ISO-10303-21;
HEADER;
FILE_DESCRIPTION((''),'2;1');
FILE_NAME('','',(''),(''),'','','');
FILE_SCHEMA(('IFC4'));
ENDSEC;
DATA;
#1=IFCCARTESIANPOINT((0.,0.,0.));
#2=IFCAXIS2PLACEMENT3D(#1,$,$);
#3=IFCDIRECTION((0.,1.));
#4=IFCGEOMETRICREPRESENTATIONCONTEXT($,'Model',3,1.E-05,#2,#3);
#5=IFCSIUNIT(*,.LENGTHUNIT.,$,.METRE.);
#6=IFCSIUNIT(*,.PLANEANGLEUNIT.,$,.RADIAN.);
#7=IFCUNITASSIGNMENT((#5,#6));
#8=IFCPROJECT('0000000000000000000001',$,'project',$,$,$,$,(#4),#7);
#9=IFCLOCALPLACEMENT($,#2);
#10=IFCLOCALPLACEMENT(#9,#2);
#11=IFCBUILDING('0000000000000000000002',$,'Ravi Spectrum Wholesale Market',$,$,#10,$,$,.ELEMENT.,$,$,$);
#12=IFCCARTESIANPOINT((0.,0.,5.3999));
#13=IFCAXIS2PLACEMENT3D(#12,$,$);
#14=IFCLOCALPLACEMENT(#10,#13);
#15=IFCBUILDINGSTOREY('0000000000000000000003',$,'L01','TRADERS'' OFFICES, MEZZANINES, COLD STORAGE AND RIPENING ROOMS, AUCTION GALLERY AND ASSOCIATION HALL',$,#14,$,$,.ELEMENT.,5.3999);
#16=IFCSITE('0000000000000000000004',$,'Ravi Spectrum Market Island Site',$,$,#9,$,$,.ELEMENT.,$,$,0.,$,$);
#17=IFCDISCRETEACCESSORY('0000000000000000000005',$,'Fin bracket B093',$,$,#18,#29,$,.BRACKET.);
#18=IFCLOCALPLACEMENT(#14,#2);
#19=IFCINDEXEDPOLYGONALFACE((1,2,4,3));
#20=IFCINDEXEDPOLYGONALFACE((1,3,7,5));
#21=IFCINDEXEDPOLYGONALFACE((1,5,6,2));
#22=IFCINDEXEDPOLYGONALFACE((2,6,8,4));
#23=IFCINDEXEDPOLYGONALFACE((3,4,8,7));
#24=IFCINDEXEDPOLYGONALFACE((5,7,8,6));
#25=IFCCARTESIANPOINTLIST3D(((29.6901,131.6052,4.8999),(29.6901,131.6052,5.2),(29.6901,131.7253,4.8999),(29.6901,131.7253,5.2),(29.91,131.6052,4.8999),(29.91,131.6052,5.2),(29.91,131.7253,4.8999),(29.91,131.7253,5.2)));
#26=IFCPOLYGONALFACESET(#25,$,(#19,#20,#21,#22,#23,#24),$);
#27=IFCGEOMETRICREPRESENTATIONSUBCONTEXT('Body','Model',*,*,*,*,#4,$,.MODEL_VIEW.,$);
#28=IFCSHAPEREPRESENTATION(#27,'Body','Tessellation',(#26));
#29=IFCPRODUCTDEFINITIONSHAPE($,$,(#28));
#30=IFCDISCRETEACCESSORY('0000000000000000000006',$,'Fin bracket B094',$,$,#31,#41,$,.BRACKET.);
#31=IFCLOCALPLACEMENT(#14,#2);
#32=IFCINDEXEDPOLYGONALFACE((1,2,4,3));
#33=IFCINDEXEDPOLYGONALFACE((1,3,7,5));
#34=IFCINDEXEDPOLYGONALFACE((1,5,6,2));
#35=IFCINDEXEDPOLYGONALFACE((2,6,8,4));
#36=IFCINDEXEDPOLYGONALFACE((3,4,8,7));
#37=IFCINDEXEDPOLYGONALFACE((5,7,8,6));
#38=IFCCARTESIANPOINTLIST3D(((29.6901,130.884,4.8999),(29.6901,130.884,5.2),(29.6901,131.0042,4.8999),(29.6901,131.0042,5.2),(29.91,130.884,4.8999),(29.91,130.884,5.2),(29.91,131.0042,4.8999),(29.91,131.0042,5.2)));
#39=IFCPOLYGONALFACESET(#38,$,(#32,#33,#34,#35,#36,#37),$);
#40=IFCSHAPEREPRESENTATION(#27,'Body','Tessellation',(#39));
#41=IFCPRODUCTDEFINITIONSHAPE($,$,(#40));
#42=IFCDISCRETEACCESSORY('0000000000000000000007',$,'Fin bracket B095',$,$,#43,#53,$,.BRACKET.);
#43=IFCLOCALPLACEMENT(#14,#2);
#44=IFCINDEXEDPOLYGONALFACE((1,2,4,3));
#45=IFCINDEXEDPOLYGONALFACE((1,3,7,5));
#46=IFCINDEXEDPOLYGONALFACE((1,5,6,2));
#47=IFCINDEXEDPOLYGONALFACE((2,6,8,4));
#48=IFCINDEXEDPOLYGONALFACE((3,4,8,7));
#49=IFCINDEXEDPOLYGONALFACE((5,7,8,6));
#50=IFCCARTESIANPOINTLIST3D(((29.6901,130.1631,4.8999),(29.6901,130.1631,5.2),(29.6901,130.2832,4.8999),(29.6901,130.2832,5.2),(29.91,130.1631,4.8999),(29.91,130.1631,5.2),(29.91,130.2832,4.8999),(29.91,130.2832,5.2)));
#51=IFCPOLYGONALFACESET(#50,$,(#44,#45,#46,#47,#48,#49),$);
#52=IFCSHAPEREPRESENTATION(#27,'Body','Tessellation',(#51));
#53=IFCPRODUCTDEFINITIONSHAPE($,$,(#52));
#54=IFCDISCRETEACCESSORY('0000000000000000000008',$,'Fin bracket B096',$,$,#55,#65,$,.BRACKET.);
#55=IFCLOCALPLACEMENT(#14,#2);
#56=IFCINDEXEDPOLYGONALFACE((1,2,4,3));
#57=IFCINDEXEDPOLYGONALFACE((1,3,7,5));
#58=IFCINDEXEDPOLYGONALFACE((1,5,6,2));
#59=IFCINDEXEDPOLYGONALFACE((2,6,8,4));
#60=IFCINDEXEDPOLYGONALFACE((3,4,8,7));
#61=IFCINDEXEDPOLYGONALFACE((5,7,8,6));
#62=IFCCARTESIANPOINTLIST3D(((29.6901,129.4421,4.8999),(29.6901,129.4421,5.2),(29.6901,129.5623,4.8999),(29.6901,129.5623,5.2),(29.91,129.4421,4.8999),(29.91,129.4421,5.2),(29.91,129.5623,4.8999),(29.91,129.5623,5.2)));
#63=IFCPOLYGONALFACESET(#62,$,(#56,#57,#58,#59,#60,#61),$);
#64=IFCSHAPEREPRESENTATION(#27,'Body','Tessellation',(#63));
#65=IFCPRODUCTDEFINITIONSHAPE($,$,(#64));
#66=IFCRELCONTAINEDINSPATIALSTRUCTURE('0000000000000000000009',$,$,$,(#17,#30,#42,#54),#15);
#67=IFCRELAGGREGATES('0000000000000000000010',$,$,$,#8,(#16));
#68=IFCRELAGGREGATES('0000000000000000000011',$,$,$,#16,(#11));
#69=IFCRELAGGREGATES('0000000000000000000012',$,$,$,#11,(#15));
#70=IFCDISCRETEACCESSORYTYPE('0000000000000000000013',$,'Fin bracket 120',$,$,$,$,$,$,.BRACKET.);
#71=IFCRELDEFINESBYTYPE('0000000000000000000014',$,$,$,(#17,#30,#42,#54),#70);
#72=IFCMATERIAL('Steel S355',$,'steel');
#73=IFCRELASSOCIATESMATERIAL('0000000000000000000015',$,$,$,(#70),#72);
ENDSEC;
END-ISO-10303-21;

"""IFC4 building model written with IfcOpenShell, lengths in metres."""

from ifc_helpers import new_model, si_unit, direction, frame, origin, origin_2d, place, context, subcontext, project, spatial, rectangle, extrude, material, type_object, element, save


model = new_model("IFC4")

# Units and contexts
model_context = context("Model", 3, precision=1e-05, world=origin(), true_north=direction((0.0, 1.0)))
body_context = subcontext(model_context, "Body", "Model", "MODEL_VIEW")
ifc_project = project(units=[si_unit("LENGTHUNIT", "METRE"), si_unit("PLANEANGLEUNIT", "RADIAN")], contexts=[model_context])

# Site, building, storey
site_placement = place(None, origin())
site = spatial("IfcSite", under=ifc_project, at=site_placement, Name="Ravi Spectrum Market Island Site", CompositionType="ELEMENT", RefElevation=0.0)
building_placement = place(site_placement, origin())
building = spatial("IfcBuilding", under=site, at=building_placement, Name="Ravi Spectrum Wholesale Market", CompositionType="ELEMENT")
storey_placement = place(building_placement, frame((0.0, 0.0, 5.3999)))
storey = spatial("IfcBuildingStorey", under=building, at=storey_placement, Name="L01", Description="TRADERS' OFFICES, MEZZANINES, COLD STORAGE AND RIPENING ROOMS, AUCTION GALLERY AND ASSOCIATION HALL", CompositionType="ELEMENT", Elevation=5.3999)

# Discrete accessories
ifc_material_1 = material(Name="Steel S355", Category="steel")
discrete_accessory_type = type_object("IfcDiscreteAccessoryType", Name="Fin bracket 120", PredefinedType="BRACKET", material=ifc_material_1)
for number, where, z_axis, x_axis, name in (
    (1, (29.8, 131.6653, 4.8999), (0.0, 0.0, 1.0), (0.0, -1.0, 0.0), "Fin bracket B093"),
    (2, (29.8, 130.9441, 4.8999), (0.0, 0.0, 1.0), (0.0, -1.0, 0.0), "Fin bracket B094"),
    (3, (29.8, 130.2231, 4.8999), (0.0, 0.0, 1.0), (0.0, -1.0, 0.0), "Fin bracket B095"),
    (4, (29.8, 129.5022, 4.8999), (0.0, 0.0, 1.0), (0.0, -1.0, 0.0), "Fin bracket B096"),
):
    element("IfcDiscreteAccessory", number, at=place(storey_placement, frame(where, z_axis=z_axis, x_axis=x_axis)), inside=storey, type_object=discrete_accessory_type, Name=name, PredefinedType="BRACKET", context=body_context, shape_type="SweptSolid", body=[
        extrude(rectangle(XDim=0.1201, YDim=0.22, at=origin_2d()), origin(), (0.0, 0.0, 1.0), 0.3),
    ])

save(model, "model.ifc")
